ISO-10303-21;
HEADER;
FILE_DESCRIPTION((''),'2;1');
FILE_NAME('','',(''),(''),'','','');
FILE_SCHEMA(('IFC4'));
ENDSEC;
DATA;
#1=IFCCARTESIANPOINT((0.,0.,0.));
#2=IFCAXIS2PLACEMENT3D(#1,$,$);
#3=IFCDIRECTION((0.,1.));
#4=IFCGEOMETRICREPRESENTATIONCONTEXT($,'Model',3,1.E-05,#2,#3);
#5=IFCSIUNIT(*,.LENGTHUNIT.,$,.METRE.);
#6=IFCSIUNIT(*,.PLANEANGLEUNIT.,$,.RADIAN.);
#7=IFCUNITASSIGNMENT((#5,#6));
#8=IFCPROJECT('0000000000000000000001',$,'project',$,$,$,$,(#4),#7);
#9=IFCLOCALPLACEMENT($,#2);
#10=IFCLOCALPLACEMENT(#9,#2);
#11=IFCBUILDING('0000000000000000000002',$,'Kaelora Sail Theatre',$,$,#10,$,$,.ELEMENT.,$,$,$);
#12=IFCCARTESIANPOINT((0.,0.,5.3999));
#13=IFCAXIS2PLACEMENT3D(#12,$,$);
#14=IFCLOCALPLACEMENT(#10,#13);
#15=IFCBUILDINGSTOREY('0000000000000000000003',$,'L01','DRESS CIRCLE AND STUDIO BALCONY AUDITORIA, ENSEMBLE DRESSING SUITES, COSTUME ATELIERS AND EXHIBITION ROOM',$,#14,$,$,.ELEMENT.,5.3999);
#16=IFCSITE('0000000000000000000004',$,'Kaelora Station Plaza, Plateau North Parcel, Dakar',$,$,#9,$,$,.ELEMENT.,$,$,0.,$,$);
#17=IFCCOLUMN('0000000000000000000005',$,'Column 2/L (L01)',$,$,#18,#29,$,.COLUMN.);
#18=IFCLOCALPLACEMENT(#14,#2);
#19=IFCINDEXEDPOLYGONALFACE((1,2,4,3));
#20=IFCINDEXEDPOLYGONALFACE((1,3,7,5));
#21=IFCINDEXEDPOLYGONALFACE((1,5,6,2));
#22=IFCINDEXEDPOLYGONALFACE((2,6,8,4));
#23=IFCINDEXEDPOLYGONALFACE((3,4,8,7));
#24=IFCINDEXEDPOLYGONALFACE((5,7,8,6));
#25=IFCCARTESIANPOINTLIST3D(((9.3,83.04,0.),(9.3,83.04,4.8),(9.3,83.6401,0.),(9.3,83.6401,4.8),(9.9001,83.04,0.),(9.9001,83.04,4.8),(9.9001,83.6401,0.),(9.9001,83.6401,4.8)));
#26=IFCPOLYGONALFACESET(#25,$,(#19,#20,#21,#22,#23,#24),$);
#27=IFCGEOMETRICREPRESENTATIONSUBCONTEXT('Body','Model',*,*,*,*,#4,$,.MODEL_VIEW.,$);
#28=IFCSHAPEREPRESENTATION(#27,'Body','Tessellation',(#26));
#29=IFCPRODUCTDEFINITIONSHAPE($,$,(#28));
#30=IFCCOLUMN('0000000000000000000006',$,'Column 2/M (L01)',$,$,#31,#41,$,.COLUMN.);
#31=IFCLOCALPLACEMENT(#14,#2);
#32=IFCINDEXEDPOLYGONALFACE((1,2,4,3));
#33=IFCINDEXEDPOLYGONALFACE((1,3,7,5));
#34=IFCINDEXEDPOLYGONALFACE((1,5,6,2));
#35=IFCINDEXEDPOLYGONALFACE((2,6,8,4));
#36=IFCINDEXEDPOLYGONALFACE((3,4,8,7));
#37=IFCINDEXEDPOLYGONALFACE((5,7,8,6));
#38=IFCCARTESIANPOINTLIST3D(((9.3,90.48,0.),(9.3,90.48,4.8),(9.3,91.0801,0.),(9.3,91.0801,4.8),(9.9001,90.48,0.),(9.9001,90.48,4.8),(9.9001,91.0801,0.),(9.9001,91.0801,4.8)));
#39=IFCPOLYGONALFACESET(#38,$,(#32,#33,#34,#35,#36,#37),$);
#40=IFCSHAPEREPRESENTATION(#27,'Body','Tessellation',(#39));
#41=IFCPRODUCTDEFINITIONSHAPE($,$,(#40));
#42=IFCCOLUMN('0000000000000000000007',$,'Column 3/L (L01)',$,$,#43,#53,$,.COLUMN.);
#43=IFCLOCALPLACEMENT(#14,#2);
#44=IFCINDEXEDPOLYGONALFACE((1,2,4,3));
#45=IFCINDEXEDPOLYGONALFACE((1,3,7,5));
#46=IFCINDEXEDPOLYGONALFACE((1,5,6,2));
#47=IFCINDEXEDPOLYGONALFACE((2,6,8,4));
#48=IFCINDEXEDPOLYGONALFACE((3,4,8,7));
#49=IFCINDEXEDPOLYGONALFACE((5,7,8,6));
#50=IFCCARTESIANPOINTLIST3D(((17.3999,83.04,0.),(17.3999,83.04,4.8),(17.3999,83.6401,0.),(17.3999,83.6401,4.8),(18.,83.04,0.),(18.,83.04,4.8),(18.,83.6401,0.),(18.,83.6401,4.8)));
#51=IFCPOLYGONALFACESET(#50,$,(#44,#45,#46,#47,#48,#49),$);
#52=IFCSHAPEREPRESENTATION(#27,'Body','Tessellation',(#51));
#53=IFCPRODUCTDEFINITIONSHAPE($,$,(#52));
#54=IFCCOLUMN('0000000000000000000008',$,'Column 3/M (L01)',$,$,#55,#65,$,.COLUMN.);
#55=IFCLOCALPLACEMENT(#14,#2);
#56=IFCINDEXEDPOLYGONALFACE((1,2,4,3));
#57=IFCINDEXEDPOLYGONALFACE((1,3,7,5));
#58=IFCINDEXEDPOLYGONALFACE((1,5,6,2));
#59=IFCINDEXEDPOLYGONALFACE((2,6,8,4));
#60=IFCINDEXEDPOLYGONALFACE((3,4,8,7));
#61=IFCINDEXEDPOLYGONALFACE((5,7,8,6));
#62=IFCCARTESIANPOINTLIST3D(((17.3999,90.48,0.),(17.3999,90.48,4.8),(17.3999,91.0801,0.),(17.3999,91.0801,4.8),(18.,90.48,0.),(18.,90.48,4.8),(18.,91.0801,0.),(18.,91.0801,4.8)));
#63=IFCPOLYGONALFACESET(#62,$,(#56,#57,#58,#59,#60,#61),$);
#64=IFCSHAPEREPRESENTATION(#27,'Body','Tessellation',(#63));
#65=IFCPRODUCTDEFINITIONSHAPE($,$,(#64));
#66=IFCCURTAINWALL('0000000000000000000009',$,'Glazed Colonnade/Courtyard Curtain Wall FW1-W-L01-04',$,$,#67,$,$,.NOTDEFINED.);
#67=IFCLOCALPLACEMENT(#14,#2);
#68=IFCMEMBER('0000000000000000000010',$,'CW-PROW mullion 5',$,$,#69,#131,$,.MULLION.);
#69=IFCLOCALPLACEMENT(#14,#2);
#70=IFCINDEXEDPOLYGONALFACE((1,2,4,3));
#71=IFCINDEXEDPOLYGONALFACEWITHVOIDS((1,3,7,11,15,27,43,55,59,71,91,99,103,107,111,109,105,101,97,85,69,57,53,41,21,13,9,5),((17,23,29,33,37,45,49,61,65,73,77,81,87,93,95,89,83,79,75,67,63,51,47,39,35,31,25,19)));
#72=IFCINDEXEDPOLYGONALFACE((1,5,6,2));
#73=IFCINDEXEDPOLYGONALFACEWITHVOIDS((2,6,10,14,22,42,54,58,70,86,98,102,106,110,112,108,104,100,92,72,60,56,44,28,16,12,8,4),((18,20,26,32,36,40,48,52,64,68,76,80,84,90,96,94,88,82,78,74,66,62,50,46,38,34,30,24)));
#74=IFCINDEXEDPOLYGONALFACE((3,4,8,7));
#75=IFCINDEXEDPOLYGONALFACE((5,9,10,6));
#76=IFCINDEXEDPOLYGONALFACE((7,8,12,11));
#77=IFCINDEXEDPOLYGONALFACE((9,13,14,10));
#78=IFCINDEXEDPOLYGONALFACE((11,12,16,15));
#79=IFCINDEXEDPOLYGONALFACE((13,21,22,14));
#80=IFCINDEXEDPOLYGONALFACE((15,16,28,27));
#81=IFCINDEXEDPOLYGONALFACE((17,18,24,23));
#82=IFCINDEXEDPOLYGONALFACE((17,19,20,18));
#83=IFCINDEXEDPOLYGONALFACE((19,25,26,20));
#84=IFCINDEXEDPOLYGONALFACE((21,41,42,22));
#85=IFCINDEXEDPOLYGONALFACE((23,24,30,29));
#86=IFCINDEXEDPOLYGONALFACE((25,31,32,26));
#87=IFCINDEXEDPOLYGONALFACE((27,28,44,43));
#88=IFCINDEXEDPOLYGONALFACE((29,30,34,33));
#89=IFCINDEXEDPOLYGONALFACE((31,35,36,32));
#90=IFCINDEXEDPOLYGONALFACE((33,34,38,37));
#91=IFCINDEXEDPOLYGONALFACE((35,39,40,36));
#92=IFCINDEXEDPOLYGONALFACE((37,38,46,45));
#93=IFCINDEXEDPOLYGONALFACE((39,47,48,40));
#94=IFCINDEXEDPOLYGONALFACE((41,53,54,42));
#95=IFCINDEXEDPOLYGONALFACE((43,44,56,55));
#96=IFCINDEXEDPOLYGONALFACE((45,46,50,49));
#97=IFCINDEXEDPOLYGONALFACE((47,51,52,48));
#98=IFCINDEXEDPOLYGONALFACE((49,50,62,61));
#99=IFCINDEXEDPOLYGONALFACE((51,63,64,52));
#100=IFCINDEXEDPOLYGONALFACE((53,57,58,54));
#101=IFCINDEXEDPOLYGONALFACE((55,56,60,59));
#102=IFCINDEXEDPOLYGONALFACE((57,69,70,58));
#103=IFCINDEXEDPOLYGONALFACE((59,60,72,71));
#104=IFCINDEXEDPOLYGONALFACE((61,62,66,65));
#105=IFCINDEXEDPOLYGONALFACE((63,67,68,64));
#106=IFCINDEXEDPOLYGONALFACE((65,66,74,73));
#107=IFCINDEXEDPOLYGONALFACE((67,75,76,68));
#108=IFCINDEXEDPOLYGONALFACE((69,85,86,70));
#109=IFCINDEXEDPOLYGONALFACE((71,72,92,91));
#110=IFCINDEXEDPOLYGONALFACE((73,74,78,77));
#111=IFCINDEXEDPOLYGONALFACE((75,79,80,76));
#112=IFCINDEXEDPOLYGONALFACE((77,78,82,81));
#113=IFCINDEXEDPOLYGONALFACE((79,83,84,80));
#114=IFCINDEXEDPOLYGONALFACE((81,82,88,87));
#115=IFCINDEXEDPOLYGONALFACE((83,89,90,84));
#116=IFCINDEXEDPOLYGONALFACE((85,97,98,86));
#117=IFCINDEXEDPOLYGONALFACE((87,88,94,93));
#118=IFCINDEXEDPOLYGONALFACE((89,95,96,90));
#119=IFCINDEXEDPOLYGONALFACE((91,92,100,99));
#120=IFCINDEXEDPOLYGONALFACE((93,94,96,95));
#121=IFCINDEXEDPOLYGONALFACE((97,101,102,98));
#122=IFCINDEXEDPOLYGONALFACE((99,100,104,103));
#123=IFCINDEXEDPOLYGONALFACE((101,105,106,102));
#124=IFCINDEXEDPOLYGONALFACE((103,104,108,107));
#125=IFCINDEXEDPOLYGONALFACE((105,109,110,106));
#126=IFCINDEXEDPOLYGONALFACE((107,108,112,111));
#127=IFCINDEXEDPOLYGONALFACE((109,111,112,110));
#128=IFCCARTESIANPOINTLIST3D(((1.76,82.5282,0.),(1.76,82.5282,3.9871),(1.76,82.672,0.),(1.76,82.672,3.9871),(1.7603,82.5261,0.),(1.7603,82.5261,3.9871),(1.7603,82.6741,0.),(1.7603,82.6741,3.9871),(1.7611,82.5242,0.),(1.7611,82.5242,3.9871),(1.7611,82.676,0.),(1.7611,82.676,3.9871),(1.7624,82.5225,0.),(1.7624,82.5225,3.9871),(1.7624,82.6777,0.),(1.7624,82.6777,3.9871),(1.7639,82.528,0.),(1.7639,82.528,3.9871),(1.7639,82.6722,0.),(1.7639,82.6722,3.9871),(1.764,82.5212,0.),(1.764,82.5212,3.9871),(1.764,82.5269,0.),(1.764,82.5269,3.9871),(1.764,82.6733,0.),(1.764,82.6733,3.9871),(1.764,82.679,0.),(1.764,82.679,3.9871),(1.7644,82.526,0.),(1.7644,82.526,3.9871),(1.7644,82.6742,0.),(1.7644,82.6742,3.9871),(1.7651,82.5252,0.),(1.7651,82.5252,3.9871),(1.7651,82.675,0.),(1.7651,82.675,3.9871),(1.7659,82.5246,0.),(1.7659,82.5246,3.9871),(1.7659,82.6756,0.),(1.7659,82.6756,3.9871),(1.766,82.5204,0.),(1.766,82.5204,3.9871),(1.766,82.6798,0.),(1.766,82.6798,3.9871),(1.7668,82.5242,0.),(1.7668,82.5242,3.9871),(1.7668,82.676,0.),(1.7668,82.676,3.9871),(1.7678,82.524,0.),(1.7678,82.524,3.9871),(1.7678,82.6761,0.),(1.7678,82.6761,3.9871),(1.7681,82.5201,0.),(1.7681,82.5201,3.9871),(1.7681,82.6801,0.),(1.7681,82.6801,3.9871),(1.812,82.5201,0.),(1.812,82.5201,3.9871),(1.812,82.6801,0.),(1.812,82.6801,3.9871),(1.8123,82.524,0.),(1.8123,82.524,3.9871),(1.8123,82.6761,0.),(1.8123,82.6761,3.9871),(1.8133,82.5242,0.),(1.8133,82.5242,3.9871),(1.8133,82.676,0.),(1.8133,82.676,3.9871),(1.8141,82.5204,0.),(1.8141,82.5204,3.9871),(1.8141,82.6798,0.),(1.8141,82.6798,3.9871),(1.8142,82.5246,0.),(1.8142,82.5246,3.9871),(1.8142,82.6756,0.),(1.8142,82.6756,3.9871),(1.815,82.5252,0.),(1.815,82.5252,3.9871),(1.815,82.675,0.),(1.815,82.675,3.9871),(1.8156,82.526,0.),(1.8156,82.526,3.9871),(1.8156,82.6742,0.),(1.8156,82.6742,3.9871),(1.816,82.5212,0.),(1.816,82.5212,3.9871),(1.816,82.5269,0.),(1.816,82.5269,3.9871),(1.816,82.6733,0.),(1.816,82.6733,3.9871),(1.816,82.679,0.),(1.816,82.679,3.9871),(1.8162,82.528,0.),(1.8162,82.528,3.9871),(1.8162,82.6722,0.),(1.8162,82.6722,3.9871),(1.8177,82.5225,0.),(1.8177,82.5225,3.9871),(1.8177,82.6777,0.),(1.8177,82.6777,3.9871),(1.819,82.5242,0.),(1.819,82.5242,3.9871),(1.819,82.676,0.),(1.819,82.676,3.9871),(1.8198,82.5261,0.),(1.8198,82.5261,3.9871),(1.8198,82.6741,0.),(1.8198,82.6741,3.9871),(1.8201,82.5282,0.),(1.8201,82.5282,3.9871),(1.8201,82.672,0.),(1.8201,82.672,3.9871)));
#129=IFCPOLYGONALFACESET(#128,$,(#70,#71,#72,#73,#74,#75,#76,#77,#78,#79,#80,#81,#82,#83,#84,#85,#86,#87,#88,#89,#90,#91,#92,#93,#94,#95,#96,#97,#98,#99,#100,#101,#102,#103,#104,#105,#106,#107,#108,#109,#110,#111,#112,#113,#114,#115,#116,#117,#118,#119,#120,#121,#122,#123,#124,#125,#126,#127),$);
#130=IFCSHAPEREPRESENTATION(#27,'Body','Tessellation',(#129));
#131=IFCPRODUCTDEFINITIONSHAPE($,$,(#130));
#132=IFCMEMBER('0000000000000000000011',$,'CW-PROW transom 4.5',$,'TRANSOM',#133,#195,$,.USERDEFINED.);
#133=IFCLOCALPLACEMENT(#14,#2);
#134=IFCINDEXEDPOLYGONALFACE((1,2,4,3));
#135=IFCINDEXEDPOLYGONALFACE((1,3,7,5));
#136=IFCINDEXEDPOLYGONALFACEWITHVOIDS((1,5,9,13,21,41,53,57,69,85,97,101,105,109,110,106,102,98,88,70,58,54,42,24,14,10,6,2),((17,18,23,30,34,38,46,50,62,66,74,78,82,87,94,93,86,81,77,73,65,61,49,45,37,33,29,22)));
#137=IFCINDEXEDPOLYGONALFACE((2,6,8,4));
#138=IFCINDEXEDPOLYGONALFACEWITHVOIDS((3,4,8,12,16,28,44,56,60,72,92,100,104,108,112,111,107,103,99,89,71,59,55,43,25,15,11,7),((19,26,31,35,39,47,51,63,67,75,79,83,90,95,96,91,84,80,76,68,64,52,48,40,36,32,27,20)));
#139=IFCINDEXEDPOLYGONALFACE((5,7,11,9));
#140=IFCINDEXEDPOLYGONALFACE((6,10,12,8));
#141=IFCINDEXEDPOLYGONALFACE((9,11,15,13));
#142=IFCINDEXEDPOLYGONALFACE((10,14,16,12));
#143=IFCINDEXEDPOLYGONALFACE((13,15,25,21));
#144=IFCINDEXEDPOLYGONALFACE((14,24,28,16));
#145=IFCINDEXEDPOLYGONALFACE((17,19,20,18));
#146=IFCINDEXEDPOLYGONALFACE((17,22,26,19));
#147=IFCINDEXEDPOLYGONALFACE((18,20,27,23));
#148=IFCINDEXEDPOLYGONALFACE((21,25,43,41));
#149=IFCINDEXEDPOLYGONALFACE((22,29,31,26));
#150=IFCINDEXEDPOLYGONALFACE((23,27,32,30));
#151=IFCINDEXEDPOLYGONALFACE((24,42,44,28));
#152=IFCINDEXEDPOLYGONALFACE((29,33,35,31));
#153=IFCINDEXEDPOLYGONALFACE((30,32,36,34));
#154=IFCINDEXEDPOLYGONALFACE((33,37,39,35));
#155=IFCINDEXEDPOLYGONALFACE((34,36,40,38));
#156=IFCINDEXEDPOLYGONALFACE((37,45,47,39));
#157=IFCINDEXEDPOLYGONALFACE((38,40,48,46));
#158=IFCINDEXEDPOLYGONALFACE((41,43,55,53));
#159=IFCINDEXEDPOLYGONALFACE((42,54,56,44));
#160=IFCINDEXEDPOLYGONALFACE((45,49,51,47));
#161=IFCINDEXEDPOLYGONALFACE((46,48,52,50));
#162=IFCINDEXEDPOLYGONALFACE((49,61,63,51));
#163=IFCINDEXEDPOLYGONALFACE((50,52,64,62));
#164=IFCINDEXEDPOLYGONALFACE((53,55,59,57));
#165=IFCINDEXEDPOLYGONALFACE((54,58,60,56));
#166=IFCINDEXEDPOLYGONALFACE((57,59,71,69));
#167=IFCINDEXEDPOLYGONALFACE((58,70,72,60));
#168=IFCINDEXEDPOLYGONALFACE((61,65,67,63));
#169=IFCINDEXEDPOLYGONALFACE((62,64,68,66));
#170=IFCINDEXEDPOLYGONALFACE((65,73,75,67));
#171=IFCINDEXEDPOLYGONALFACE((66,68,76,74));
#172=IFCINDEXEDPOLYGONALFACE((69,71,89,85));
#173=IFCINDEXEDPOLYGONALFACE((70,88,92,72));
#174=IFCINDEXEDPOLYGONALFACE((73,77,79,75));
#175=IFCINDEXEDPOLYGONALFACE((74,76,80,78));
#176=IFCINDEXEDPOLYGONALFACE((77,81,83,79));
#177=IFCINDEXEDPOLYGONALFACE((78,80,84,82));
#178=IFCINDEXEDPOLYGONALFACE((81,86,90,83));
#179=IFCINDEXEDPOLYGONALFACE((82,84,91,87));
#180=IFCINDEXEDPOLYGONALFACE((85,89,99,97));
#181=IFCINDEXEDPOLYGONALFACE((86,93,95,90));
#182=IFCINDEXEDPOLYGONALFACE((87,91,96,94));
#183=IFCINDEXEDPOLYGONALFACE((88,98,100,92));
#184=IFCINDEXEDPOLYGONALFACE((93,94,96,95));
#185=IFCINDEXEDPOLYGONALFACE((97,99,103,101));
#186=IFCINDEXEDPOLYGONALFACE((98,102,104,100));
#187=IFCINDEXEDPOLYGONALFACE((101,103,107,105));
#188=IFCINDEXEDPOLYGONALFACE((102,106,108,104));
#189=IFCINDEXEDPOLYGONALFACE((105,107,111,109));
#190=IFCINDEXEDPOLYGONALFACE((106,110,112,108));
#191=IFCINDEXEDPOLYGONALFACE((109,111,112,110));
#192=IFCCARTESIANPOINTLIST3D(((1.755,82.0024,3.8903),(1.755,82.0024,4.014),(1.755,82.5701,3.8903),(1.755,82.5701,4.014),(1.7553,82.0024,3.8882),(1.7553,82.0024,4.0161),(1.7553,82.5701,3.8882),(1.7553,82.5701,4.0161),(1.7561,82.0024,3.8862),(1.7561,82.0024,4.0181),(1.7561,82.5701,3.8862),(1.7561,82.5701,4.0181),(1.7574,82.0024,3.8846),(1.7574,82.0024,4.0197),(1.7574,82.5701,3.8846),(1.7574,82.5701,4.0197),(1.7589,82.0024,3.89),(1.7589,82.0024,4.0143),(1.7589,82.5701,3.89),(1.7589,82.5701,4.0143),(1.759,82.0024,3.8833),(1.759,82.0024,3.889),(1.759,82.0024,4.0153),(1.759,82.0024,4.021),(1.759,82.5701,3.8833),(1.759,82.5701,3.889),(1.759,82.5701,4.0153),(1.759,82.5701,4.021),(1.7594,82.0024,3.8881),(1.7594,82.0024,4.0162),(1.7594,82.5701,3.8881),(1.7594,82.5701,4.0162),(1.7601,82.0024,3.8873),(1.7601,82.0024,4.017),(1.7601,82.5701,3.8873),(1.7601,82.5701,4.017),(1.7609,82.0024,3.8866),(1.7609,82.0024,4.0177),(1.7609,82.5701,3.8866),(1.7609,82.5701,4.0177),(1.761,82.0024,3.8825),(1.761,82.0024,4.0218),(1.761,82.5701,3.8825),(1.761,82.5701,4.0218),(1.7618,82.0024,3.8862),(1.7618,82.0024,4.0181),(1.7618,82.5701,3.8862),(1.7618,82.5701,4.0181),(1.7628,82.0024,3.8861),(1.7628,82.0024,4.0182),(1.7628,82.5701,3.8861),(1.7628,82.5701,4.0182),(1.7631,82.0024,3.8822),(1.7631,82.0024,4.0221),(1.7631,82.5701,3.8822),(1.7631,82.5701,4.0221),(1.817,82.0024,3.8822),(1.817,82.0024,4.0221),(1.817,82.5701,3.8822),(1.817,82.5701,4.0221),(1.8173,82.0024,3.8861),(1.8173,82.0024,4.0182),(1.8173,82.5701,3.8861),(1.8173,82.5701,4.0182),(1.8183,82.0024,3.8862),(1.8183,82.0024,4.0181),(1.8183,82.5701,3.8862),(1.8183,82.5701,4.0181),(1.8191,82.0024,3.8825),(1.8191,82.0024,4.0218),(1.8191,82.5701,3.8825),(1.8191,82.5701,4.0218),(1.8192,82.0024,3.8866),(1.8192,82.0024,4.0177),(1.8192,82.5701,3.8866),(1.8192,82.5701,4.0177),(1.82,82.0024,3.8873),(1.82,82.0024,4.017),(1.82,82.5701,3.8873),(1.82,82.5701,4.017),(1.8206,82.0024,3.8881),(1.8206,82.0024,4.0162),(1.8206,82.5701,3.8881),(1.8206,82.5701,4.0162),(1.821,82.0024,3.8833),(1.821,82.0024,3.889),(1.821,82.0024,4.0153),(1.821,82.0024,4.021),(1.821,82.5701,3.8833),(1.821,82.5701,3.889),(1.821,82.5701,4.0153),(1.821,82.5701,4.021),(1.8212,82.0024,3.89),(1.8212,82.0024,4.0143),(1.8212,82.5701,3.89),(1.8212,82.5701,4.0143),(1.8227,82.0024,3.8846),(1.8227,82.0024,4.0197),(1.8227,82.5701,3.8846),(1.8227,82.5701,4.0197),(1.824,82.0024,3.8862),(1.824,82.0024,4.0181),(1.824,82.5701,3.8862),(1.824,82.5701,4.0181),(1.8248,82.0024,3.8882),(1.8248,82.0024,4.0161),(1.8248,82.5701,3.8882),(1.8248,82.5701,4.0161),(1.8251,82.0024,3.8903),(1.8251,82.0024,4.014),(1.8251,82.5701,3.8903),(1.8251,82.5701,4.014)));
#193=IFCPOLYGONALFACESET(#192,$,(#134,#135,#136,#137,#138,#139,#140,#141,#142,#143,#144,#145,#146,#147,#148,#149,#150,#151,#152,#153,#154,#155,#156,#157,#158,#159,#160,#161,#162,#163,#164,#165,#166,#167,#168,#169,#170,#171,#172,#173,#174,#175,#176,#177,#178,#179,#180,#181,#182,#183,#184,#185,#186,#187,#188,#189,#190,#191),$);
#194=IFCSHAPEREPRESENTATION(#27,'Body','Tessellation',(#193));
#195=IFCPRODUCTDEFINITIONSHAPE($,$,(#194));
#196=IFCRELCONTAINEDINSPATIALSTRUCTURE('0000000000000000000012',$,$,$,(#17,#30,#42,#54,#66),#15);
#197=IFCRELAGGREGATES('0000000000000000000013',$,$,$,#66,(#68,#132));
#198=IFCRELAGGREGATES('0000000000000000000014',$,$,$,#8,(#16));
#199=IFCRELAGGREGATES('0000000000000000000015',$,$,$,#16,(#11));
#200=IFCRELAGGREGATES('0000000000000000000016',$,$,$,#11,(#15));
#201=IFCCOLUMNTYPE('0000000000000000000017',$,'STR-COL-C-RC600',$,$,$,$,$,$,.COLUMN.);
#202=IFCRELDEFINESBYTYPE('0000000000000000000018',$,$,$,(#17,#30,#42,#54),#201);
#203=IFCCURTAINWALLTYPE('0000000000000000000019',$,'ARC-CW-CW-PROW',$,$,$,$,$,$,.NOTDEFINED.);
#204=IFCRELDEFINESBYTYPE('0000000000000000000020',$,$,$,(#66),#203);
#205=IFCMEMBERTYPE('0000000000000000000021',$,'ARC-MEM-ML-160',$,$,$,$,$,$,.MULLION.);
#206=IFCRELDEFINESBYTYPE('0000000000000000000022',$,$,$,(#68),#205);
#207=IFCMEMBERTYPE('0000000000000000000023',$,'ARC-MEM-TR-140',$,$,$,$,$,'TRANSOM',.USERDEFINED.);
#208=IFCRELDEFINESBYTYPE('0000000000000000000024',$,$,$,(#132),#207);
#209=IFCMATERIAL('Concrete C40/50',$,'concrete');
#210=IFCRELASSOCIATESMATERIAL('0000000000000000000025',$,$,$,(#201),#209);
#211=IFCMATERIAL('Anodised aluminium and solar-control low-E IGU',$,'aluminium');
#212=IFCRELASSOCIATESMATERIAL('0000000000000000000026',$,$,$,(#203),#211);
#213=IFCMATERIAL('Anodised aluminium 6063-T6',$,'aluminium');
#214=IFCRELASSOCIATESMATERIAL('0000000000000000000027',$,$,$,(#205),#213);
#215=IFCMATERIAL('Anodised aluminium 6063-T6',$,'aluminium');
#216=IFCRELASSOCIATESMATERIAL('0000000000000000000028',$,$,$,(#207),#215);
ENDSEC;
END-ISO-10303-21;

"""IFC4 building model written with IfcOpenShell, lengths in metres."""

from ifc_helpers import new_model, si_unit, direction, frame, origin, origin_2d, place, context, subcontext, project, spatial, rectangle, hollow_rectangle, extrude, material, material_profile, profile_set, type_object, element, aggregate, save


model = new_model("IFC4")

# Units and contexts
model_context = context("Model", 3, precision=1e-05, world=origin(), true_north=direction((0.0, 1.0)))
body_context = subcontext(model_context, "Body", "Model", "MODEL_VIEW")
ifc_project = project(units=[si_unit("LENGTHUNIT", "METRE"), si_unit("PLANEANGLEUNIT", "RADIAN")], contexts=[model_context])

# Site, building, storey
site_placement = place(None, origin())
site = spatial("IfcSite", under=ifc_project, at=site_placement, Name="Kaelora Station Plaza, Plateau North Parcel, Dakar", CompositionType="ELEMENT", RefElevation=0.0)
building_placement = place(site_placement, origin())
building = spatial("IfcBuilding", under=site, at=building_placement, Name="Kaelora Sail Theatre", CompositionType="ELEMENT")
storey_placement = place(building_placement, frame((0.0, 0.0, 5.3999)))
storey = spatial("IfcBuildingStorey", under=building, at=storey_placement, Name="L01", Description="DRESS CIRCLE AND STUDIO BALCONY AUDITORIA, ENSEMBLE DRESSING SUITES, COSTUME ATELIERS AND EXHIBITION ROOM", CompositionType="ELEMENT", Elevation=5.3999)

# Columns
ifc_material_1 = material(Name="Concrete C40/50", Category="concrete")
ifc_material_profile_1 = material_profile(ifc_material_1, rectangle(XDim=0.6001, YDim=0.6001, at=origin_2d()), Name="RC-COL 600x600")
ifc_profile_set_1 = profile_set([ifc_material_profile_1], Name="Concrete C40/50")
column_type = type_object("IfcColumnType", Name="STR-COL-C-RC600", PredefinedType="COLUMN", material=ifc_profile_set_1)
for number, where, z_axis, x_axis, name in (
    (1, (9.6001, 83.3401, 0.0), (0.0, 0.0, 1.0), (1.0, 0.0, 0.0), "Column 2/L (L01)"),
    (2, (9.6001, 90.78, 0.0), (0.0, 0.0, 1.0), (1.0, 0.0, 0.0), "Column 2/M (L01)"),
    (3, (17.7, 83.3401, 0.0), (0.0, 0.0, 1.0), (1.0, 0.0, 0.0), "Column 3/L (L01)"),
    (4, (17.7, 90.78, 0.0), (0.0, 0.0, 1.0), (1.0, 0.0, 0.0), "Column 3/M (L01)"),
):
    element("IfcColumn", number, at=place(storey_placement, frame(where, z_axis=z_axis, x_axis=x_axis)), inside=storey, type_object=column_type, Name=name, PredefinedType="COLUMN", context=body_context, shape_type="SweptSolid", body=[
        extrude(rectangle(XDim=0.6001, YDim=0.6001, at=origin_2d()), origin(), (0.0, 0.0, 1.0), 4.8),
    ])

# Curtain wall, members
ifc_material_2 = material(Name="Anodised aluminium and solar-control low-E IGU", Category="aluminium")
curtain_wall_type = type_object("IfcCurtainWallType", Name="ARC-CW-CW-PROW", PredefinedType="NOTDEFINED", material=ifc_material_2)
curtain_wall_placement = place(storey_placement, origin())
curtain_wall = element("IfcCurtainWall", 5, at=curtain_wall_placement, inside=storey, type_object=curtain_wall_type, Name="Glazed Colonnade/Courtyard Curtain Wall FW1-W-L01-04", PredefinedType="NOTDEFINED")
ifc_material_3 = material(Name="Anodised aluminium 6063-T6", Category="aluminium")
ifc_material_profile_2 = material_profile(ifc_material_3, hollow_rectangle(XDim=0.0601, YDim=0.1599, WallThickness=0.0039, InnerFilletRadius=0.0039, OuterFilletRadius=0.0081, at=origin_2d()), Name="ALU-MULL 60x160x4")
ifc_profile_set_2 = profile_set([ifc_material_profile_2], Name="Anodised aluminium 6063-T6")
member_type_1 = type_object("IfcMemberType", Name="ARC-MEM-ML-160", PredefinedType="MULLION", material=ifc_profile_set_2)
member_1_placement = place(storey_placement, frame((1.79, 82.6001, 0.0), z_axis=(0.0, 0.0, 1.0), x_axis=(-1.0, 0.0, 0.0)))
member_1 = element("IfcMember", 6, at=member_1_placement, type_object=member_type_1, Name="CW-PROW mullion 5", PredefinedType="MULLION", context=body_context, shape_type="SweptSolid", body=[
    extrude(hollow_rectangle(XDim=0.0601, YDim=0.1599, WallThickness=0.0039, InnerFilletRadius=0.0039, OuterFilletRadius=0.0081, at=origin_2d()), origin(), (0.0, 0.0, 1.0), 3.9871),
])
ifc_material_4 = material(Name="Anodised aluminium 6063-T6", Category="aluminium")
ifc_material_profile_3 = material_profile(ifc_material_4, hollow_rectangle(XDim=0.0701, YDim=0.1399, WallThickness=0.0039, InnerFilletRadius=0.0039, OuterFilletRadius=0.0081, at=origin_2d()), Name="ALU-TRAN 70x140x4")
ifc_profile_set_3 = profile_set([ifc_material_profile_3], Name="Anodised aluminium 6063-T6")
member_type_2 = type_object("IfcMemberType", Name="ARC-MEM-TR-140", ElementType="TRANSOM", PredefinedType="USERDEFINED", material=ifc_profile_set_3)
member_2_placement = place(storey_placement, frame((1.79, 82.0024, 3.9521), z_axis=(0.0, 1.0, 0.0), x_axis=(-1.0, 0.0, 0.0)))
member_2 = element("IfcMember", 7, at=member_2_placement, type_object=member_type_2, Name="CW-PROW transom 4.5", ObjectType="TRANSOM", PredefinedType="USERDEFINED", context=body_context, shape_type="SweptSolid", body=[
    extrude(hollow_rectangle(XDim=0.0701, YDim=0.1399, WallThickness=0.0039, InnerFilletRadius=0.0039, OuterFilletRadius=0.0081, at=origin_2d()), origin(), (0.0, 0.0, 1.0), 0.5676),
])

aggregate(curtain_wall, [member_1, member_2])

save(model, "model.ifc")
